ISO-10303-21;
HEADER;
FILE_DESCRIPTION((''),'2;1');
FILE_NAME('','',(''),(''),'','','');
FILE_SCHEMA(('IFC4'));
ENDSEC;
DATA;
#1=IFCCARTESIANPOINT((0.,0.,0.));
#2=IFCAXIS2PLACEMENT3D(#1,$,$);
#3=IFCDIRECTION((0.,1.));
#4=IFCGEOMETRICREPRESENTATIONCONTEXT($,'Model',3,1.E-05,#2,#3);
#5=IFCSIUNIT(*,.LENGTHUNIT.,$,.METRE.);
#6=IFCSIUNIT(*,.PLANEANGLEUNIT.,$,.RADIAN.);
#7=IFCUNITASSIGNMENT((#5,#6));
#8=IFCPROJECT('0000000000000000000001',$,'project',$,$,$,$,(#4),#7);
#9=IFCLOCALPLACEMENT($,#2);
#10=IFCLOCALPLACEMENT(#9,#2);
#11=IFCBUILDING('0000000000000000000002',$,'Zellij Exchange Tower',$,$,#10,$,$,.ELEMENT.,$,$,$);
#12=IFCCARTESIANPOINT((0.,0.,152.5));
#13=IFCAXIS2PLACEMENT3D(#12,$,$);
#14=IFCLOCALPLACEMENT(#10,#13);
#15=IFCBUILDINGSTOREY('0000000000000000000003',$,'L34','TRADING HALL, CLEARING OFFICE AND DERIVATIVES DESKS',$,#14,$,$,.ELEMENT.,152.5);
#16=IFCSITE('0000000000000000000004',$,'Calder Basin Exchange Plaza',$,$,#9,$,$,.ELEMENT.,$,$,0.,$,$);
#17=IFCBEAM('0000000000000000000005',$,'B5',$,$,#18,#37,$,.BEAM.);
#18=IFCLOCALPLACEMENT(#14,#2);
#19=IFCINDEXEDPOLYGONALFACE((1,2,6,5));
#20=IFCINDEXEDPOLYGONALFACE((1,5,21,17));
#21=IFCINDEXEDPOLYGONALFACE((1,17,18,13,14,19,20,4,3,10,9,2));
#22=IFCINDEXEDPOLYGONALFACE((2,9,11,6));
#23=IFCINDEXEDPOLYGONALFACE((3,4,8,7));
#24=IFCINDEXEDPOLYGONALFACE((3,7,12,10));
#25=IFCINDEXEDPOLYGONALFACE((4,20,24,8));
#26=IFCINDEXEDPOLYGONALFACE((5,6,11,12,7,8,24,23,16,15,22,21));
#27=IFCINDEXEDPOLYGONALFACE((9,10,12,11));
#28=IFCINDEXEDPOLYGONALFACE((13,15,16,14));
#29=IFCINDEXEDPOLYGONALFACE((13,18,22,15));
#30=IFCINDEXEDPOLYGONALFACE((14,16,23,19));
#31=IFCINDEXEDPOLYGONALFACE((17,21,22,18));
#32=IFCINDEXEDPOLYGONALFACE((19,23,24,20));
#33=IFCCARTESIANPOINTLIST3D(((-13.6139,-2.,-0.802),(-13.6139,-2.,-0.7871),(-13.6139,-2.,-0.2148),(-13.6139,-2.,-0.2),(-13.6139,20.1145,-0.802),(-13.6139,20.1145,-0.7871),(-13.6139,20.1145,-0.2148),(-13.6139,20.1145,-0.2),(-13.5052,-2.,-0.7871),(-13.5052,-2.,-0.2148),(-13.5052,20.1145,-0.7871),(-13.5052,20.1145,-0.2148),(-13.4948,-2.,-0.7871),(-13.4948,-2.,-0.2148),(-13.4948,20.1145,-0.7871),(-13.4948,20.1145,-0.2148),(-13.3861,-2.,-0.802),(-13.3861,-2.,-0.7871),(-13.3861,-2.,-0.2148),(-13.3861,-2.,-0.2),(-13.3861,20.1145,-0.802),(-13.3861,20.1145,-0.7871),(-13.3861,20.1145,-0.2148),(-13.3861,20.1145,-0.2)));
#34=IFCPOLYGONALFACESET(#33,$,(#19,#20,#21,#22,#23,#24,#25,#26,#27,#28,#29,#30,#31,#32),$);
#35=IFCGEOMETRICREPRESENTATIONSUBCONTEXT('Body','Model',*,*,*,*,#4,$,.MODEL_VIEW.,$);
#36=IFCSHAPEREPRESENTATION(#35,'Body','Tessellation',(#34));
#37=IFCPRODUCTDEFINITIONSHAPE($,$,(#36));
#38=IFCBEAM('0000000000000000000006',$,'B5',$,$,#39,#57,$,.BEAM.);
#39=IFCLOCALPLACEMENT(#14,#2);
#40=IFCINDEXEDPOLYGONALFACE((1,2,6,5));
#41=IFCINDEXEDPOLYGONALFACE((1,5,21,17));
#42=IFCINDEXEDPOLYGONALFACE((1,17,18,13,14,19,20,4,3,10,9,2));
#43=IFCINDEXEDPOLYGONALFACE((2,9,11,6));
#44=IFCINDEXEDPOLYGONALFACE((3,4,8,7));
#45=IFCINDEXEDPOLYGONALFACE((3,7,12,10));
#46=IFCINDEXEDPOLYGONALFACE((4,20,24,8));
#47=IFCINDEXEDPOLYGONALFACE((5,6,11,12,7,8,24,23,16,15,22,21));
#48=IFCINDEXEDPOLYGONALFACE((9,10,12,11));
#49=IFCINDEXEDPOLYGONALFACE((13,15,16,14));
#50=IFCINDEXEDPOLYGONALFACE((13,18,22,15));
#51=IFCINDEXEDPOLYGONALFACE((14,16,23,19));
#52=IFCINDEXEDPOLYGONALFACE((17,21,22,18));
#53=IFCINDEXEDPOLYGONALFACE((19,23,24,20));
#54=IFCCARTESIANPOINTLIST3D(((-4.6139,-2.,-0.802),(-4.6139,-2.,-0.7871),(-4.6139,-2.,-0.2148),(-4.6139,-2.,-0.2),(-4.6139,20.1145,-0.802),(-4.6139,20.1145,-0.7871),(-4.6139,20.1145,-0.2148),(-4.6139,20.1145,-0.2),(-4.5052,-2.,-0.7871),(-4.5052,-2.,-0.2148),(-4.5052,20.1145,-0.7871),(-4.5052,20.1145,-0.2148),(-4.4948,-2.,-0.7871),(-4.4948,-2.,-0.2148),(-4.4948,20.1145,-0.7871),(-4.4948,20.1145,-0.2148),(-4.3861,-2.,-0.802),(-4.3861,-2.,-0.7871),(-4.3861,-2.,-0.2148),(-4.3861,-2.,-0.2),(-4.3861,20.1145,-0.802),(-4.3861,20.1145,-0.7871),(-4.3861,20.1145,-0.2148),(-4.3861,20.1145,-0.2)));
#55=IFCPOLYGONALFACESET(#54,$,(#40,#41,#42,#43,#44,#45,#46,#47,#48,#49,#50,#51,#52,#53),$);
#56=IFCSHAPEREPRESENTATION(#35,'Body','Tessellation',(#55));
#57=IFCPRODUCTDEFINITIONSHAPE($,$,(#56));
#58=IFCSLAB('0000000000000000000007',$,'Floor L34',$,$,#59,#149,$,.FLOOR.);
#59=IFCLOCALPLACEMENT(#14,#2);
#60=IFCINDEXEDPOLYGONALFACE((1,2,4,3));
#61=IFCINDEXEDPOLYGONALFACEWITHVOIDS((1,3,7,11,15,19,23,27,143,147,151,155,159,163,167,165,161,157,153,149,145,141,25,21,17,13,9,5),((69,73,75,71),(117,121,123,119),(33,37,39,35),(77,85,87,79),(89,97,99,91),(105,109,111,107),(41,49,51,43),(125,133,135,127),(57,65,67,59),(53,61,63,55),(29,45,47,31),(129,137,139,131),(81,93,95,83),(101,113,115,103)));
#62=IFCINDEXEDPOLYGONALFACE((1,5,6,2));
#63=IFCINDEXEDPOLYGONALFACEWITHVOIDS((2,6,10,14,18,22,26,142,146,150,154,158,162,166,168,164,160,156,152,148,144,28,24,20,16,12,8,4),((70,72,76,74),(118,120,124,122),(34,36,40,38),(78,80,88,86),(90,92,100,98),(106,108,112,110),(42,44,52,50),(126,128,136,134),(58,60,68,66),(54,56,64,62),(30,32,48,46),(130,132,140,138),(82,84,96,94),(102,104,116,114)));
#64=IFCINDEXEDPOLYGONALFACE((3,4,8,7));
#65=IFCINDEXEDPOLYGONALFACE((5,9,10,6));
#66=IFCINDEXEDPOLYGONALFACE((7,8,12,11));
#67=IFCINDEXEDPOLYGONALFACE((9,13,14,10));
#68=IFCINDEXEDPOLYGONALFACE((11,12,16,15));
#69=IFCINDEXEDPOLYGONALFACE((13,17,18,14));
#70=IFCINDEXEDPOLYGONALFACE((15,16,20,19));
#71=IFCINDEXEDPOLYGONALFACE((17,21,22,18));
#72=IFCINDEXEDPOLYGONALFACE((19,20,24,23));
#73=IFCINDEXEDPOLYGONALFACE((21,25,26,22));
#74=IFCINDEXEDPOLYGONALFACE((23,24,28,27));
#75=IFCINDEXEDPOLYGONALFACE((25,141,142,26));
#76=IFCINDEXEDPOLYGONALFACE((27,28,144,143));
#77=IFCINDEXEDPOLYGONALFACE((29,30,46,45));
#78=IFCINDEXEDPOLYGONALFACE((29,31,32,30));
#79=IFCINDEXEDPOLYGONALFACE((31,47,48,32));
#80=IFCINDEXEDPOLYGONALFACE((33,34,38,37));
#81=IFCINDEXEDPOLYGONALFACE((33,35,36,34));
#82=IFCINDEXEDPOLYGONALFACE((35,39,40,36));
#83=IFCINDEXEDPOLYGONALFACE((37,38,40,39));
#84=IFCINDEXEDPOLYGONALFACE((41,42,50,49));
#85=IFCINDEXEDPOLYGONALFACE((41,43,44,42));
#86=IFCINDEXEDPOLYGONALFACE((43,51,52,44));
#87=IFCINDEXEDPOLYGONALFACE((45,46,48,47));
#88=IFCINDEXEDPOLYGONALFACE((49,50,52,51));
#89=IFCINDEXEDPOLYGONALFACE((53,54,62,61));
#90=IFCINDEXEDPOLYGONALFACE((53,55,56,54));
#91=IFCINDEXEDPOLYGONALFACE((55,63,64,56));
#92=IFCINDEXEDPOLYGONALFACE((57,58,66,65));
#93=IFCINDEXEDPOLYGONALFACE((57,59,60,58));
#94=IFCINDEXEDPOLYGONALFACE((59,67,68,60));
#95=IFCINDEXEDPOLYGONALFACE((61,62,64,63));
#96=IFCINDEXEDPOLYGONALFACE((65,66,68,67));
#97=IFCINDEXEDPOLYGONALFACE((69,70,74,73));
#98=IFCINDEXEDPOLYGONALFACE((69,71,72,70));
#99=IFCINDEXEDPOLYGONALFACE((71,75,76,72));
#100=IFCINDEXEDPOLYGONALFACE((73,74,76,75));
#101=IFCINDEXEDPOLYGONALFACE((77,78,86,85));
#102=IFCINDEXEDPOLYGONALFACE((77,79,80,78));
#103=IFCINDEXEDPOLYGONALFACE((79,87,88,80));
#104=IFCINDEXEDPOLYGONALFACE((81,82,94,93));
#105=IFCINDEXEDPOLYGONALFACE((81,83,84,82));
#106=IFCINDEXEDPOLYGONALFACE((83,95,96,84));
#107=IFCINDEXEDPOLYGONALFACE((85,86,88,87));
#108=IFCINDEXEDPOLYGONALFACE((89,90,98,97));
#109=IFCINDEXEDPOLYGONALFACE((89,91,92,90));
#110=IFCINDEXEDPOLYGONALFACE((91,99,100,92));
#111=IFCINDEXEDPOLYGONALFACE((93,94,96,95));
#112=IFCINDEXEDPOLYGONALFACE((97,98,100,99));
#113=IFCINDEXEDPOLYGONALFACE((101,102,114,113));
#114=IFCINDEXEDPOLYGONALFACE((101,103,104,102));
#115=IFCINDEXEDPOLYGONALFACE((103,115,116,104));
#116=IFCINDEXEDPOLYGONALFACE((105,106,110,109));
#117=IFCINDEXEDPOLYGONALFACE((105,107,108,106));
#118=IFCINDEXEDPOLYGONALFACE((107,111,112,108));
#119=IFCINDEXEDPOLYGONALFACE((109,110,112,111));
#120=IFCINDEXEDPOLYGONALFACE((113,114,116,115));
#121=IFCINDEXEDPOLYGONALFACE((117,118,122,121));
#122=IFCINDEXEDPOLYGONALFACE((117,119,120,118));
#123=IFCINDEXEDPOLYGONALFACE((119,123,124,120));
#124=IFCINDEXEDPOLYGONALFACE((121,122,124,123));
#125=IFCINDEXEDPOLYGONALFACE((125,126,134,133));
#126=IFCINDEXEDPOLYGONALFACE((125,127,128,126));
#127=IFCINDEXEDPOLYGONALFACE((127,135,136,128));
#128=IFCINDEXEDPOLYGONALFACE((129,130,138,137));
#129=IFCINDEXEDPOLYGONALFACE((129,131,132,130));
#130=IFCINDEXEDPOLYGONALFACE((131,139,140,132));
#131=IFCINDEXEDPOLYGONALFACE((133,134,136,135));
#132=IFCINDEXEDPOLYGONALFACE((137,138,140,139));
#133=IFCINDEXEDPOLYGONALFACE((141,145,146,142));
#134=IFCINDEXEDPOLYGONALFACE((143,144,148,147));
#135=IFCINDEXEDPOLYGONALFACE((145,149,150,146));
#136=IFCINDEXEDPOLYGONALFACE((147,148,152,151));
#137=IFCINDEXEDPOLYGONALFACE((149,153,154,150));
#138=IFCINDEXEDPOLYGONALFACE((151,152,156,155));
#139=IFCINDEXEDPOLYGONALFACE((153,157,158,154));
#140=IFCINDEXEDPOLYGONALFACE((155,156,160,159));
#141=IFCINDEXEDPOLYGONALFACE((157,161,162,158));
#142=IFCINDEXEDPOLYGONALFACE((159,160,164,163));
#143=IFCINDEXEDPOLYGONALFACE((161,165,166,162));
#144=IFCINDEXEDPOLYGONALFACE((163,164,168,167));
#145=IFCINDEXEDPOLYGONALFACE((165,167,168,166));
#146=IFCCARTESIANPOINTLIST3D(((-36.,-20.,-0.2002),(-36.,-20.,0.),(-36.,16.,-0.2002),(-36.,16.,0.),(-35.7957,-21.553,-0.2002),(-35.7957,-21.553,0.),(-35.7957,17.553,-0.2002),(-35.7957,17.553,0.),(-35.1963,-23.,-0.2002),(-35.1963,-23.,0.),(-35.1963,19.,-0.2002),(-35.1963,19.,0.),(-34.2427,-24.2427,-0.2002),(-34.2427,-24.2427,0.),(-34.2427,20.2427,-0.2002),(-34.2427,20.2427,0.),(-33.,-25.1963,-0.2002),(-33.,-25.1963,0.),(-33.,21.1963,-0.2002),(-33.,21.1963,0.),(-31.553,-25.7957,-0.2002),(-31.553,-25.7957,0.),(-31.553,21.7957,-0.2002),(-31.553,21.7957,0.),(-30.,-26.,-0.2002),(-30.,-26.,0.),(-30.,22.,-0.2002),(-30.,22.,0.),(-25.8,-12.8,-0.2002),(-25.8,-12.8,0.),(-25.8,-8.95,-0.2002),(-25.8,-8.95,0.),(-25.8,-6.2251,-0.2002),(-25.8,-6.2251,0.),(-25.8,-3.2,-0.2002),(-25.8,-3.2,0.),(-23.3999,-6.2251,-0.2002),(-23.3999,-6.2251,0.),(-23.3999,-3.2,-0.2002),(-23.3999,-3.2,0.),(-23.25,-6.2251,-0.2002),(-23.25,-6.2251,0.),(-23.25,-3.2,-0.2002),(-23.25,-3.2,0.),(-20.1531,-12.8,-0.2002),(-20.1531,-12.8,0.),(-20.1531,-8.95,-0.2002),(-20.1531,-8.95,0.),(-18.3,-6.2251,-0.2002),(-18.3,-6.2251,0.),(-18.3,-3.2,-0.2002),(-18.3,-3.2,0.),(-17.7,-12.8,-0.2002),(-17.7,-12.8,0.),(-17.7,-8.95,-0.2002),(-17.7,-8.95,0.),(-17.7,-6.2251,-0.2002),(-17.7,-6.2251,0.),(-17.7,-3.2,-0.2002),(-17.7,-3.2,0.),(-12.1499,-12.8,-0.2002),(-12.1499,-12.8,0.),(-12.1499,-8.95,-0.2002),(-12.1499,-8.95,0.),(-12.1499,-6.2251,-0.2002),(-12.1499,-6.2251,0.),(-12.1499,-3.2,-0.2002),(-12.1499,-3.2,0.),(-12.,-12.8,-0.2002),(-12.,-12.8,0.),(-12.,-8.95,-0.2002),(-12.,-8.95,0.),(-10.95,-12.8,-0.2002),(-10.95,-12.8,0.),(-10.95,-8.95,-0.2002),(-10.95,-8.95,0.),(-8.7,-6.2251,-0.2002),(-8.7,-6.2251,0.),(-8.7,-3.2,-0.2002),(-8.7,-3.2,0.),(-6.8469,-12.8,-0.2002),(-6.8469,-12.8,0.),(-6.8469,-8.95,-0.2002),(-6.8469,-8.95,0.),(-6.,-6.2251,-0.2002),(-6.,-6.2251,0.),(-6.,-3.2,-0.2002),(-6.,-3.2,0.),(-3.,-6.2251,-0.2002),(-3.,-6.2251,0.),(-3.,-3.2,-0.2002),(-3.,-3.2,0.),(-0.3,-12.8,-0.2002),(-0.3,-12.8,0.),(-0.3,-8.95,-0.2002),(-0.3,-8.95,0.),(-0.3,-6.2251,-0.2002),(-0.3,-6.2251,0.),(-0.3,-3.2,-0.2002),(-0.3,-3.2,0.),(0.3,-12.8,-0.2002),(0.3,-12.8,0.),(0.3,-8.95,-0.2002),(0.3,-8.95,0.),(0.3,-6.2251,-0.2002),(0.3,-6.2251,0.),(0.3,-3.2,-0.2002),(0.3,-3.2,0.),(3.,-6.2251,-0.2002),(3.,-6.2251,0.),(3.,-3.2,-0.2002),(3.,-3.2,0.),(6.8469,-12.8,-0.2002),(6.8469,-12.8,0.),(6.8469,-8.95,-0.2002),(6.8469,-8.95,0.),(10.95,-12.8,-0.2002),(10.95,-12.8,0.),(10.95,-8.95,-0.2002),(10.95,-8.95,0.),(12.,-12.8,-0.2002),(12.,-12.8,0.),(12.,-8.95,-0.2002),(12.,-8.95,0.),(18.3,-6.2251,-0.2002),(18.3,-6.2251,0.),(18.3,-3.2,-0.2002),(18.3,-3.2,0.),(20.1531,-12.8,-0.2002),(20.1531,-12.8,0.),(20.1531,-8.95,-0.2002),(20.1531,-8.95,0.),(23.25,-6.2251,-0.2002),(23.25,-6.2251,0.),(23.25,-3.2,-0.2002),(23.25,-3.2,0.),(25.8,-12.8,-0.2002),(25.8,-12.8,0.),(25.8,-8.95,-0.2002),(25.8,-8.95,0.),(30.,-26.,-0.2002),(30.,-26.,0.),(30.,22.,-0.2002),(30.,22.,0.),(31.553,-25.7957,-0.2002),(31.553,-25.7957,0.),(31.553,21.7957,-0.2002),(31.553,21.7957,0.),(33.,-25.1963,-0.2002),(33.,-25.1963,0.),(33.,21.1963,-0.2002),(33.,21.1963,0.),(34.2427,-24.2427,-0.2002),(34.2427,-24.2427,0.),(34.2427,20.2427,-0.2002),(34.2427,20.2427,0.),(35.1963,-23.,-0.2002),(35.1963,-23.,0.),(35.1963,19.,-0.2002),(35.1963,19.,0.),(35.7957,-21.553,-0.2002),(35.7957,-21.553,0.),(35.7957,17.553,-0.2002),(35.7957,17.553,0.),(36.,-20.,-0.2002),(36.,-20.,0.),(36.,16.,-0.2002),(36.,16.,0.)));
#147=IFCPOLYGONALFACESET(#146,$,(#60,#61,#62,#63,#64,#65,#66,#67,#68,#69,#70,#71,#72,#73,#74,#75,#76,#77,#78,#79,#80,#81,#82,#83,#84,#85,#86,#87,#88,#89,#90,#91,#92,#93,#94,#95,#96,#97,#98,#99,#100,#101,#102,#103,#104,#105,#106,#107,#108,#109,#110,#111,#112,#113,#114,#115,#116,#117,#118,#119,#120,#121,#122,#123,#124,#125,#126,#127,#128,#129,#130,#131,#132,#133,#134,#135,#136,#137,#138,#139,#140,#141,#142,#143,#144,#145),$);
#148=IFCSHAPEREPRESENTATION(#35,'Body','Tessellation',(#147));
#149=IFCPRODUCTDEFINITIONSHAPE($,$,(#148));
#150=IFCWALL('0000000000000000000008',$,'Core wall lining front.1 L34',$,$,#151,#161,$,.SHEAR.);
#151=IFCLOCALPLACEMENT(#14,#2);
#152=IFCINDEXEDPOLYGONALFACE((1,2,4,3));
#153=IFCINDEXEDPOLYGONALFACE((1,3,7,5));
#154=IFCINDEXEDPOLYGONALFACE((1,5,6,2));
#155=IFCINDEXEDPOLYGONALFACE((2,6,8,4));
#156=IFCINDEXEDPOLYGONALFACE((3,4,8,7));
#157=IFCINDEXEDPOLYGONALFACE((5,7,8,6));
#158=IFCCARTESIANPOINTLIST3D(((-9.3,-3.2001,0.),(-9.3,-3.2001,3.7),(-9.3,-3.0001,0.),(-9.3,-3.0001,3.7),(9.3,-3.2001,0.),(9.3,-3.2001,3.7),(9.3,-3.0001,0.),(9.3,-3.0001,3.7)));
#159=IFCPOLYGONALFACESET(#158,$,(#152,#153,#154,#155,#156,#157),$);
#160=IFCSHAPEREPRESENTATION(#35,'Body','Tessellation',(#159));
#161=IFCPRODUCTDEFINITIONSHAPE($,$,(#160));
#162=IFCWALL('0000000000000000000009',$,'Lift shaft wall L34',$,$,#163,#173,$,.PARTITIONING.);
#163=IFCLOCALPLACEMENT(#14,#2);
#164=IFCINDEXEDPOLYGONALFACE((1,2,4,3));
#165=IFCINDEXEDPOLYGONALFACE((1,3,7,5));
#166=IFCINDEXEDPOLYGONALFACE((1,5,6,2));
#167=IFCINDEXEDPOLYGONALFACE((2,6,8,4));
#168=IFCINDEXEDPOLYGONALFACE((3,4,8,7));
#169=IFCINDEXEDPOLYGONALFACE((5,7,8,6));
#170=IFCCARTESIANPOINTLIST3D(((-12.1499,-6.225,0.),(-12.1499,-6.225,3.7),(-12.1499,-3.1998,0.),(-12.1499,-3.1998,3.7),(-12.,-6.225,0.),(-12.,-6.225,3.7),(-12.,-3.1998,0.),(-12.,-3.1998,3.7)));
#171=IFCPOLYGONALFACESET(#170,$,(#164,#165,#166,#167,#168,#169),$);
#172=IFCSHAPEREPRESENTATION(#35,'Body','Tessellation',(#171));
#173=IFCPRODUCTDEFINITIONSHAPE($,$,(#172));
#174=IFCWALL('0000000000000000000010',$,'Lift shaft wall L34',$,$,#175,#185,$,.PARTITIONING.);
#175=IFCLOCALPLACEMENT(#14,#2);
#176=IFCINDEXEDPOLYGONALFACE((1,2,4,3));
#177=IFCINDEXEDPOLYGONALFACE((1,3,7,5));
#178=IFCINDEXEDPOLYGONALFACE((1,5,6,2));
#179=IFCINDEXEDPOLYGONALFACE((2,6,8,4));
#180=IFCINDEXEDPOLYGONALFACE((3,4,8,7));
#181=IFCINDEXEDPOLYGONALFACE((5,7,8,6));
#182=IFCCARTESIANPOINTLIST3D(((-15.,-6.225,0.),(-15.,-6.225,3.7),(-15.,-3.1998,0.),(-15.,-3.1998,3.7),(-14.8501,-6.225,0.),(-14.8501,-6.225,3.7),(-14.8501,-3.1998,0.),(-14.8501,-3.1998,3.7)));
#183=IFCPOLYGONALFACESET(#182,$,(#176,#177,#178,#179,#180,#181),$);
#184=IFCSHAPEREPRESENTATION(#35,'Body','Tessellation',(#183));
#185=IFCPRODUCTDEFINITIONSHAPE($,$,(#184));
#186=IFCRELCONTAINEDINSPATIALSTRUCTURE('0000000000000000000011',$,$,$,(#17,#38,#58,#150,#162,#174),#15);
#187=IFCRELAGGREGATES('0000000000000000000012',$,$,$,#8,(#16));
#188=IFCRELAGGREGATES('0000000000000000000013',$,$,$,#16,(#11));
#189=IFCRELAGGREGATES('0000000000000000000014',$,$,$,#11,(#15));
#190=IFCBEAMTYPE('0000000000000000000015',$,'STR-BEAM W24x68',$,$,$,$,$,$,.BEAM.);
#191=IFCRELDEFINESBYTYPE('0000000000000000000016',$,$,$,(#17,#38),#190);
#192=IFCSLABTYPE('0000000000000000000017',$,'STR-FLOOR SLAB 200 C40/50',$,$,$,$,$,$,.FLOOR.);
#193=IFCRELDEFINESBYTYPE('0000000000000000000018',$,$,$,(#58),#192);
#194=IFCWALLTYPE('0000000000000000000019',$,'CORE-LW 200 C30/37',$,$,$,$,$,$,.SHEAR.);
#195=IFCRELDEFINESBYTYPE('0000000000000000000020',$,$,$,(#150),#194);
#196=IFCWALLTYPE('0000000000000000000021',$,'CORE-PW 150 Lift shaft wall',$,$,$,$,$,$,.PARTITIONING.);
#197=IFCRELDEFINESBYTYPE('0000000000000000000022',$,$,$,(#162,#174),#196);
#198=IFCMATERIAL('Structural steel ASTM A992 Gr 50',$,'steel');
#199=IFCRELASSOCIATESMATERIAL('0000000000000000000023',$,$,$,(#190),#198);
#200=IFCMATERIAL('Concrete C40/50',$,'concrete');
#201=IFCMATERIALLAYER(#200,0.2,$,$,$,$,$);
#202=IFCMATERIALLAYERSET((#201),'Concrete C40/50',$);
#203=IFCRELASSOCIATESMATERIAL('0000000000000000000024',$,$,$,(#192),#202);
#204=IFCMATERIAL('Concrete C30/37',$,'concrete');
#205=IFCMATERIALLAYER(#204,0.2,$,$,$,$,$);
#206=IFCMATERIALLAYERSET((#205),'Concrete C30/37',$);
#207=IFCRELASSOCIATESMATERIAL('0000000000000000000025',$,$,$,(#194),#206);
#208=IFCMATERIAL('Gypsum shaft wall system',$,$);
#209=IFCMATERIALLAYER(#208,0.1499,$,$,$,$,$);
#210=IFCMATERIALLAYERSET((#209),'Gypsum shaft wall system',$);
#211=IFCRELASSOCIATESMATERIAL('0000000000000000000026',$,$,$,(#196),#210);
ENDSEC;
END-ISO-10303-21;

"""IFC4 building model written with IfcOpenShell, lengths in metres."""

from ifc_helpers import new_model, si_unit, direction, frame, frame_2d, origin, origin_2d, place, context, subcontext, project, spatial, polyline, rectangle, i_section, outline, extrude, material, layer, layer_set, material_profile, profile_set, type_object, element, save


model = new_model("IFC4")

# Units and contexts
model_context = context("Model", 3, precision=1e-05, world=origin(), true_north=direction((0.0, 1.0)))
body_context = subcontext(model_context, "Body", "Model", "MODEL_VIEW")
ifc_project = project(units=[si_unit("LENGTHUNIT", "METRE"), si_unit("PLANEANGLEUNIT", "RADIAN")], contexts=[model_context])

# Site, building, storey
site_placement = place(None, origin())
site = spatial("IfcSite", under=ifc_project, at=site_placement, Name="Calder Basin Exchange Plaza", CompositionType="ELEMENT", RefElevation=0.0)
building_placement = place(site_placement, origin())
building = spatial("IfcBuilding", under=site, at=building_placement, Name="Zellij Exchange Tower", CompositionType="ELEMENT")
storey_placement = place(building_placement, frame((0.0, 0.0, 152.5)))
storey = spatial("IfcBuildingStorey", under=building, at=storey_placement, Name="L34", Description="TRADING HALL, CLEARING OFFICE AND DERIVATIVES DESKS", CompositionType="ELEMENT", Elevation=152.5)

# Beams
ifc_material_1 = material(Name="Structural steel ASTM A992 Gr 50", Category="steel")
ifc_material_profile = material_profile(ifc_material_1, i_section(OverallWidth=0.2278, OverallDepth=0.6021, WebThickness=0.0105, FlangeThickness=0.0149, at=origin_2d()), Name="W24x68")
ifc_profile_set = profile_set([ifc_material_profile], Name="Structural steel ASTM A992 Gr 50")
beam_type = type_object("IfcBeamType", Name="STR-BEAM W24x68", PredefinedType="BEAM", material=ifc_profile_set)
for number, where, z_axis, x_axis, name in (
    (1, (-13.5, -2.0, -0.501), (0.0, 1.0, 0.0), (-1.0, 0.0, 0.0), "B5"),
    (2, (-4.5, -2.0, -0.501), (0.0, 1.0, 0.0), (-1.0, 0.0, 0.0), "B5"),
):
    element("IfcBeam", number, at=place(storey_placement, frame(where, z_axis=z_axis, x_axis=x_axis)), inside=storey, type_object=beam_type, Name=name, PredefinedType="BEAM", context=body_context, shape_type="SweptSolid", body=[
        extrude(i_section(OverallWidth=0.2278, OverallDepth=0.6021, WebThickness=0.0105, FlangeThickness=0.0149, at=origin_2d()), origin(), (0.0, 0.0, 1.0), 22.1145),
    ])

# Slab
ifc_material_2 = material(Name="Concrete C40/50", Category="concrete")
ifc_layer_1 = layer(ifc_material_2, 0.2)
ifc_layer_set_1 = layer_set([ifc_layer_1], Name="Concrete C40/50")
slab_type = type_object("IfcSlabType", Name="STR-FLOOR SLAB 200 C40/50", PredefinedType="FLOOR", material=ifc_layer_set_1)
slab_placement = place(storey_placement, frame((0.0, 0.0, -0.2002)))
element("IfcSlab", 3, at=slab_placement, inside=storey, type_object=slab_type, Name="Floor L34", PredefinedType="FLOOR", context=body_context, shape_type="SweptSolid", body=[
    extrude(outline(polyline([(-30.0, -26.0), (-31.553, -25.7957), (-33.0, -25.1963), (-34.2427, -24.2427), (-35.1963, -23.0), (-35.7957, -21.553), (-36.0, -20.0), (-36.0, 16.0), (-35.7957, 17.553), (-35.1963, 19.0), (-34.2427, 20.2427), (-33.0, 21.1963), (-31.553, 21.7957), (-30.0, 22.0), (30.0, 22.0), (31.553, 21.7957), (33.0, 21.1963), (34.2427, 20.2427), (35.1963, 19.0), (35.7957, 17.553), (36.0, 16.0), (36.0, -20.0), (35.7957, -21.553), (35.1963, -23.0), (34.2427, -24.2427), (33.0, -25.1963), (31.553, -25.7957), (30.0, -26.0), (-30.0, -26.0)]), holes=[polyline([(-25.8, -8.95), (-25.8, -12.8), (-20.1531, -12.8), (-20.1531, -8.95), (-25.8, -8.95)]), polyline([(-12.1499, -8.95), (-17.7, -8.95), (-17.7, -12.8), (-12.1499, -12.8), (-12.1499, -8.95)]), polyline([(-10.95, -8.95), (-12.0, -8.95), (-12.0, -12.8), (-10.95, -12.8), (-10.95, -8.95)]), polyline([(-23.3999, -3.2), (-25.8, -3.2), (-25.8, -6.2251), (-23.3999, -6.2251), (-23.3999, -3.2)]), polyline([(-18.3, -3.2), (-23.25, -3.2), (-23.25, -6.2251), (-18.3, -6.2251), (-18.3, -3.2)]), polyline([(-12.1499, -3.2), (-17.7, -3.2), (-17.7, -6.2251), (-12.1499, -6.2251), (-12.1499, -3.2)]), polyline([(-6.0, -3.2), (-8.7, -3.2), (-8.7, -6.2251), (-6.0, -6.2251), (-6.0, -3.2)]), polyline([(-6.8469, -8.95), (-6.8469, -12.8), (-0.3, -12.8), (-0.3, -8.95), (-6.8469, -8.95)]), polyline([(6.8469, -8.95), (0.3, -8.95), (0.3, -12.8), (6.8469, -12.8), (6.8469, -8.95)]), polyline([(12.0, -8.95), (10.95, -8.95), (10.95, -12.8), (12.0, -12.8), (12.0, -8.95)]), polyline([(25.8, -8.95), (20.1531, -8.95), (20.1531, -12.8), (25.8, -12.8), (25.8, -8.95)]), polyline([(-0.3, -3.2), (-3.0, -3.2), (-3.0, -6.2251), (-0.3, -6.2251), (-0.3, -3.2)]), polyline([(3.0, -3.2), (0.3, -3.2), (0.3, -6.2251), (3.0, -6.2251), (3.0, -3.2)]), polyline([(23.25, -3.2), (18.3, -3.2), (18.3, -6.2251), (23.25, -6.2251), (23.25, -3.2)])]), origin(), (0.0, 0.0, 1.0), 0.2002),
])

# Walls
ifc_material_3 = material(Name="Concrete C30/37", Category="concrete")
ifc_layer_2 = layer(ifc_material_3, 0.2)
ifc_layer_set_2 = layer_set([ifc_layer_2], Name="Concrete C30/37")
wall_type_1 = type_object("IfcWallType", Name="CORE-LW 200 C30/37", PredefinedType="SHEAR", material=ifc_layer_set_2)
wall_1_placement = place(storey_placement, frame((-9.3, -3.1001, 0.0), z_axis=(0.0, 0.0, 1.0), x_axis=(1.0, 0.0, 0.0)))
element("IfcWall", 4, at=wall_1_placement, inside=storey, type_object=wall_type_1, Name="Core wall lining front.1 L34", PredefinedType="SHEAR", context=body_context, shape_type="SweptSolid", body=[
    extrude(rectangle(XDim=18.6001, YDim=0.2, at=frame_2d((9.3, 0.0))), origin(), (0.0, 0.0, 1.0), 3.7),
])
ifc_material_4 = material(Name="Gypsum shaft wall system")
ifc_layer_3 = layer(ifc_material_4, 0.1499)
ifc_layer_set_3 = layer_set([ifc_layer_3], Name="Gypsum shaft wall system")
wall_type_2 = type_object("IfcWallType", Name="CORE-PW 150 Lift shaft wall", PredefinedType="PARTITIONING", material=ifc_layer_set_3)
for number, where, z_axis, x_axis, name in (
    (5, (-12.075, -6.2251, 0.0), (0.0, 0.0, 1.0), (0.0, 1.0, 0.0), "Lift shaft wall L34"),
    (6, (-14.925, -6.2251, 0.0), (0.0, 0.0, 1.0), (0.0, 1.0, 0.0), "Lift shaft wall L34"),
):
    element("IfcWall", number, at=place(storey_placement, frame(where, z_axis=z_axis, x_axis=x_axis)), inside=storey, type_object=wall_type_2, Name=name, PredefinedType="PARTITIONING", context=body_context, shape_type="SweptSolid", body=[
        extrude(rectangle(XDim=3.0251, YDim=0.1499, at=frame_2d((1.5127, 0.0))), origin(), (0.0, 0.0, 1.0), 3.7),
    ])

save(model, "model.ifc")
